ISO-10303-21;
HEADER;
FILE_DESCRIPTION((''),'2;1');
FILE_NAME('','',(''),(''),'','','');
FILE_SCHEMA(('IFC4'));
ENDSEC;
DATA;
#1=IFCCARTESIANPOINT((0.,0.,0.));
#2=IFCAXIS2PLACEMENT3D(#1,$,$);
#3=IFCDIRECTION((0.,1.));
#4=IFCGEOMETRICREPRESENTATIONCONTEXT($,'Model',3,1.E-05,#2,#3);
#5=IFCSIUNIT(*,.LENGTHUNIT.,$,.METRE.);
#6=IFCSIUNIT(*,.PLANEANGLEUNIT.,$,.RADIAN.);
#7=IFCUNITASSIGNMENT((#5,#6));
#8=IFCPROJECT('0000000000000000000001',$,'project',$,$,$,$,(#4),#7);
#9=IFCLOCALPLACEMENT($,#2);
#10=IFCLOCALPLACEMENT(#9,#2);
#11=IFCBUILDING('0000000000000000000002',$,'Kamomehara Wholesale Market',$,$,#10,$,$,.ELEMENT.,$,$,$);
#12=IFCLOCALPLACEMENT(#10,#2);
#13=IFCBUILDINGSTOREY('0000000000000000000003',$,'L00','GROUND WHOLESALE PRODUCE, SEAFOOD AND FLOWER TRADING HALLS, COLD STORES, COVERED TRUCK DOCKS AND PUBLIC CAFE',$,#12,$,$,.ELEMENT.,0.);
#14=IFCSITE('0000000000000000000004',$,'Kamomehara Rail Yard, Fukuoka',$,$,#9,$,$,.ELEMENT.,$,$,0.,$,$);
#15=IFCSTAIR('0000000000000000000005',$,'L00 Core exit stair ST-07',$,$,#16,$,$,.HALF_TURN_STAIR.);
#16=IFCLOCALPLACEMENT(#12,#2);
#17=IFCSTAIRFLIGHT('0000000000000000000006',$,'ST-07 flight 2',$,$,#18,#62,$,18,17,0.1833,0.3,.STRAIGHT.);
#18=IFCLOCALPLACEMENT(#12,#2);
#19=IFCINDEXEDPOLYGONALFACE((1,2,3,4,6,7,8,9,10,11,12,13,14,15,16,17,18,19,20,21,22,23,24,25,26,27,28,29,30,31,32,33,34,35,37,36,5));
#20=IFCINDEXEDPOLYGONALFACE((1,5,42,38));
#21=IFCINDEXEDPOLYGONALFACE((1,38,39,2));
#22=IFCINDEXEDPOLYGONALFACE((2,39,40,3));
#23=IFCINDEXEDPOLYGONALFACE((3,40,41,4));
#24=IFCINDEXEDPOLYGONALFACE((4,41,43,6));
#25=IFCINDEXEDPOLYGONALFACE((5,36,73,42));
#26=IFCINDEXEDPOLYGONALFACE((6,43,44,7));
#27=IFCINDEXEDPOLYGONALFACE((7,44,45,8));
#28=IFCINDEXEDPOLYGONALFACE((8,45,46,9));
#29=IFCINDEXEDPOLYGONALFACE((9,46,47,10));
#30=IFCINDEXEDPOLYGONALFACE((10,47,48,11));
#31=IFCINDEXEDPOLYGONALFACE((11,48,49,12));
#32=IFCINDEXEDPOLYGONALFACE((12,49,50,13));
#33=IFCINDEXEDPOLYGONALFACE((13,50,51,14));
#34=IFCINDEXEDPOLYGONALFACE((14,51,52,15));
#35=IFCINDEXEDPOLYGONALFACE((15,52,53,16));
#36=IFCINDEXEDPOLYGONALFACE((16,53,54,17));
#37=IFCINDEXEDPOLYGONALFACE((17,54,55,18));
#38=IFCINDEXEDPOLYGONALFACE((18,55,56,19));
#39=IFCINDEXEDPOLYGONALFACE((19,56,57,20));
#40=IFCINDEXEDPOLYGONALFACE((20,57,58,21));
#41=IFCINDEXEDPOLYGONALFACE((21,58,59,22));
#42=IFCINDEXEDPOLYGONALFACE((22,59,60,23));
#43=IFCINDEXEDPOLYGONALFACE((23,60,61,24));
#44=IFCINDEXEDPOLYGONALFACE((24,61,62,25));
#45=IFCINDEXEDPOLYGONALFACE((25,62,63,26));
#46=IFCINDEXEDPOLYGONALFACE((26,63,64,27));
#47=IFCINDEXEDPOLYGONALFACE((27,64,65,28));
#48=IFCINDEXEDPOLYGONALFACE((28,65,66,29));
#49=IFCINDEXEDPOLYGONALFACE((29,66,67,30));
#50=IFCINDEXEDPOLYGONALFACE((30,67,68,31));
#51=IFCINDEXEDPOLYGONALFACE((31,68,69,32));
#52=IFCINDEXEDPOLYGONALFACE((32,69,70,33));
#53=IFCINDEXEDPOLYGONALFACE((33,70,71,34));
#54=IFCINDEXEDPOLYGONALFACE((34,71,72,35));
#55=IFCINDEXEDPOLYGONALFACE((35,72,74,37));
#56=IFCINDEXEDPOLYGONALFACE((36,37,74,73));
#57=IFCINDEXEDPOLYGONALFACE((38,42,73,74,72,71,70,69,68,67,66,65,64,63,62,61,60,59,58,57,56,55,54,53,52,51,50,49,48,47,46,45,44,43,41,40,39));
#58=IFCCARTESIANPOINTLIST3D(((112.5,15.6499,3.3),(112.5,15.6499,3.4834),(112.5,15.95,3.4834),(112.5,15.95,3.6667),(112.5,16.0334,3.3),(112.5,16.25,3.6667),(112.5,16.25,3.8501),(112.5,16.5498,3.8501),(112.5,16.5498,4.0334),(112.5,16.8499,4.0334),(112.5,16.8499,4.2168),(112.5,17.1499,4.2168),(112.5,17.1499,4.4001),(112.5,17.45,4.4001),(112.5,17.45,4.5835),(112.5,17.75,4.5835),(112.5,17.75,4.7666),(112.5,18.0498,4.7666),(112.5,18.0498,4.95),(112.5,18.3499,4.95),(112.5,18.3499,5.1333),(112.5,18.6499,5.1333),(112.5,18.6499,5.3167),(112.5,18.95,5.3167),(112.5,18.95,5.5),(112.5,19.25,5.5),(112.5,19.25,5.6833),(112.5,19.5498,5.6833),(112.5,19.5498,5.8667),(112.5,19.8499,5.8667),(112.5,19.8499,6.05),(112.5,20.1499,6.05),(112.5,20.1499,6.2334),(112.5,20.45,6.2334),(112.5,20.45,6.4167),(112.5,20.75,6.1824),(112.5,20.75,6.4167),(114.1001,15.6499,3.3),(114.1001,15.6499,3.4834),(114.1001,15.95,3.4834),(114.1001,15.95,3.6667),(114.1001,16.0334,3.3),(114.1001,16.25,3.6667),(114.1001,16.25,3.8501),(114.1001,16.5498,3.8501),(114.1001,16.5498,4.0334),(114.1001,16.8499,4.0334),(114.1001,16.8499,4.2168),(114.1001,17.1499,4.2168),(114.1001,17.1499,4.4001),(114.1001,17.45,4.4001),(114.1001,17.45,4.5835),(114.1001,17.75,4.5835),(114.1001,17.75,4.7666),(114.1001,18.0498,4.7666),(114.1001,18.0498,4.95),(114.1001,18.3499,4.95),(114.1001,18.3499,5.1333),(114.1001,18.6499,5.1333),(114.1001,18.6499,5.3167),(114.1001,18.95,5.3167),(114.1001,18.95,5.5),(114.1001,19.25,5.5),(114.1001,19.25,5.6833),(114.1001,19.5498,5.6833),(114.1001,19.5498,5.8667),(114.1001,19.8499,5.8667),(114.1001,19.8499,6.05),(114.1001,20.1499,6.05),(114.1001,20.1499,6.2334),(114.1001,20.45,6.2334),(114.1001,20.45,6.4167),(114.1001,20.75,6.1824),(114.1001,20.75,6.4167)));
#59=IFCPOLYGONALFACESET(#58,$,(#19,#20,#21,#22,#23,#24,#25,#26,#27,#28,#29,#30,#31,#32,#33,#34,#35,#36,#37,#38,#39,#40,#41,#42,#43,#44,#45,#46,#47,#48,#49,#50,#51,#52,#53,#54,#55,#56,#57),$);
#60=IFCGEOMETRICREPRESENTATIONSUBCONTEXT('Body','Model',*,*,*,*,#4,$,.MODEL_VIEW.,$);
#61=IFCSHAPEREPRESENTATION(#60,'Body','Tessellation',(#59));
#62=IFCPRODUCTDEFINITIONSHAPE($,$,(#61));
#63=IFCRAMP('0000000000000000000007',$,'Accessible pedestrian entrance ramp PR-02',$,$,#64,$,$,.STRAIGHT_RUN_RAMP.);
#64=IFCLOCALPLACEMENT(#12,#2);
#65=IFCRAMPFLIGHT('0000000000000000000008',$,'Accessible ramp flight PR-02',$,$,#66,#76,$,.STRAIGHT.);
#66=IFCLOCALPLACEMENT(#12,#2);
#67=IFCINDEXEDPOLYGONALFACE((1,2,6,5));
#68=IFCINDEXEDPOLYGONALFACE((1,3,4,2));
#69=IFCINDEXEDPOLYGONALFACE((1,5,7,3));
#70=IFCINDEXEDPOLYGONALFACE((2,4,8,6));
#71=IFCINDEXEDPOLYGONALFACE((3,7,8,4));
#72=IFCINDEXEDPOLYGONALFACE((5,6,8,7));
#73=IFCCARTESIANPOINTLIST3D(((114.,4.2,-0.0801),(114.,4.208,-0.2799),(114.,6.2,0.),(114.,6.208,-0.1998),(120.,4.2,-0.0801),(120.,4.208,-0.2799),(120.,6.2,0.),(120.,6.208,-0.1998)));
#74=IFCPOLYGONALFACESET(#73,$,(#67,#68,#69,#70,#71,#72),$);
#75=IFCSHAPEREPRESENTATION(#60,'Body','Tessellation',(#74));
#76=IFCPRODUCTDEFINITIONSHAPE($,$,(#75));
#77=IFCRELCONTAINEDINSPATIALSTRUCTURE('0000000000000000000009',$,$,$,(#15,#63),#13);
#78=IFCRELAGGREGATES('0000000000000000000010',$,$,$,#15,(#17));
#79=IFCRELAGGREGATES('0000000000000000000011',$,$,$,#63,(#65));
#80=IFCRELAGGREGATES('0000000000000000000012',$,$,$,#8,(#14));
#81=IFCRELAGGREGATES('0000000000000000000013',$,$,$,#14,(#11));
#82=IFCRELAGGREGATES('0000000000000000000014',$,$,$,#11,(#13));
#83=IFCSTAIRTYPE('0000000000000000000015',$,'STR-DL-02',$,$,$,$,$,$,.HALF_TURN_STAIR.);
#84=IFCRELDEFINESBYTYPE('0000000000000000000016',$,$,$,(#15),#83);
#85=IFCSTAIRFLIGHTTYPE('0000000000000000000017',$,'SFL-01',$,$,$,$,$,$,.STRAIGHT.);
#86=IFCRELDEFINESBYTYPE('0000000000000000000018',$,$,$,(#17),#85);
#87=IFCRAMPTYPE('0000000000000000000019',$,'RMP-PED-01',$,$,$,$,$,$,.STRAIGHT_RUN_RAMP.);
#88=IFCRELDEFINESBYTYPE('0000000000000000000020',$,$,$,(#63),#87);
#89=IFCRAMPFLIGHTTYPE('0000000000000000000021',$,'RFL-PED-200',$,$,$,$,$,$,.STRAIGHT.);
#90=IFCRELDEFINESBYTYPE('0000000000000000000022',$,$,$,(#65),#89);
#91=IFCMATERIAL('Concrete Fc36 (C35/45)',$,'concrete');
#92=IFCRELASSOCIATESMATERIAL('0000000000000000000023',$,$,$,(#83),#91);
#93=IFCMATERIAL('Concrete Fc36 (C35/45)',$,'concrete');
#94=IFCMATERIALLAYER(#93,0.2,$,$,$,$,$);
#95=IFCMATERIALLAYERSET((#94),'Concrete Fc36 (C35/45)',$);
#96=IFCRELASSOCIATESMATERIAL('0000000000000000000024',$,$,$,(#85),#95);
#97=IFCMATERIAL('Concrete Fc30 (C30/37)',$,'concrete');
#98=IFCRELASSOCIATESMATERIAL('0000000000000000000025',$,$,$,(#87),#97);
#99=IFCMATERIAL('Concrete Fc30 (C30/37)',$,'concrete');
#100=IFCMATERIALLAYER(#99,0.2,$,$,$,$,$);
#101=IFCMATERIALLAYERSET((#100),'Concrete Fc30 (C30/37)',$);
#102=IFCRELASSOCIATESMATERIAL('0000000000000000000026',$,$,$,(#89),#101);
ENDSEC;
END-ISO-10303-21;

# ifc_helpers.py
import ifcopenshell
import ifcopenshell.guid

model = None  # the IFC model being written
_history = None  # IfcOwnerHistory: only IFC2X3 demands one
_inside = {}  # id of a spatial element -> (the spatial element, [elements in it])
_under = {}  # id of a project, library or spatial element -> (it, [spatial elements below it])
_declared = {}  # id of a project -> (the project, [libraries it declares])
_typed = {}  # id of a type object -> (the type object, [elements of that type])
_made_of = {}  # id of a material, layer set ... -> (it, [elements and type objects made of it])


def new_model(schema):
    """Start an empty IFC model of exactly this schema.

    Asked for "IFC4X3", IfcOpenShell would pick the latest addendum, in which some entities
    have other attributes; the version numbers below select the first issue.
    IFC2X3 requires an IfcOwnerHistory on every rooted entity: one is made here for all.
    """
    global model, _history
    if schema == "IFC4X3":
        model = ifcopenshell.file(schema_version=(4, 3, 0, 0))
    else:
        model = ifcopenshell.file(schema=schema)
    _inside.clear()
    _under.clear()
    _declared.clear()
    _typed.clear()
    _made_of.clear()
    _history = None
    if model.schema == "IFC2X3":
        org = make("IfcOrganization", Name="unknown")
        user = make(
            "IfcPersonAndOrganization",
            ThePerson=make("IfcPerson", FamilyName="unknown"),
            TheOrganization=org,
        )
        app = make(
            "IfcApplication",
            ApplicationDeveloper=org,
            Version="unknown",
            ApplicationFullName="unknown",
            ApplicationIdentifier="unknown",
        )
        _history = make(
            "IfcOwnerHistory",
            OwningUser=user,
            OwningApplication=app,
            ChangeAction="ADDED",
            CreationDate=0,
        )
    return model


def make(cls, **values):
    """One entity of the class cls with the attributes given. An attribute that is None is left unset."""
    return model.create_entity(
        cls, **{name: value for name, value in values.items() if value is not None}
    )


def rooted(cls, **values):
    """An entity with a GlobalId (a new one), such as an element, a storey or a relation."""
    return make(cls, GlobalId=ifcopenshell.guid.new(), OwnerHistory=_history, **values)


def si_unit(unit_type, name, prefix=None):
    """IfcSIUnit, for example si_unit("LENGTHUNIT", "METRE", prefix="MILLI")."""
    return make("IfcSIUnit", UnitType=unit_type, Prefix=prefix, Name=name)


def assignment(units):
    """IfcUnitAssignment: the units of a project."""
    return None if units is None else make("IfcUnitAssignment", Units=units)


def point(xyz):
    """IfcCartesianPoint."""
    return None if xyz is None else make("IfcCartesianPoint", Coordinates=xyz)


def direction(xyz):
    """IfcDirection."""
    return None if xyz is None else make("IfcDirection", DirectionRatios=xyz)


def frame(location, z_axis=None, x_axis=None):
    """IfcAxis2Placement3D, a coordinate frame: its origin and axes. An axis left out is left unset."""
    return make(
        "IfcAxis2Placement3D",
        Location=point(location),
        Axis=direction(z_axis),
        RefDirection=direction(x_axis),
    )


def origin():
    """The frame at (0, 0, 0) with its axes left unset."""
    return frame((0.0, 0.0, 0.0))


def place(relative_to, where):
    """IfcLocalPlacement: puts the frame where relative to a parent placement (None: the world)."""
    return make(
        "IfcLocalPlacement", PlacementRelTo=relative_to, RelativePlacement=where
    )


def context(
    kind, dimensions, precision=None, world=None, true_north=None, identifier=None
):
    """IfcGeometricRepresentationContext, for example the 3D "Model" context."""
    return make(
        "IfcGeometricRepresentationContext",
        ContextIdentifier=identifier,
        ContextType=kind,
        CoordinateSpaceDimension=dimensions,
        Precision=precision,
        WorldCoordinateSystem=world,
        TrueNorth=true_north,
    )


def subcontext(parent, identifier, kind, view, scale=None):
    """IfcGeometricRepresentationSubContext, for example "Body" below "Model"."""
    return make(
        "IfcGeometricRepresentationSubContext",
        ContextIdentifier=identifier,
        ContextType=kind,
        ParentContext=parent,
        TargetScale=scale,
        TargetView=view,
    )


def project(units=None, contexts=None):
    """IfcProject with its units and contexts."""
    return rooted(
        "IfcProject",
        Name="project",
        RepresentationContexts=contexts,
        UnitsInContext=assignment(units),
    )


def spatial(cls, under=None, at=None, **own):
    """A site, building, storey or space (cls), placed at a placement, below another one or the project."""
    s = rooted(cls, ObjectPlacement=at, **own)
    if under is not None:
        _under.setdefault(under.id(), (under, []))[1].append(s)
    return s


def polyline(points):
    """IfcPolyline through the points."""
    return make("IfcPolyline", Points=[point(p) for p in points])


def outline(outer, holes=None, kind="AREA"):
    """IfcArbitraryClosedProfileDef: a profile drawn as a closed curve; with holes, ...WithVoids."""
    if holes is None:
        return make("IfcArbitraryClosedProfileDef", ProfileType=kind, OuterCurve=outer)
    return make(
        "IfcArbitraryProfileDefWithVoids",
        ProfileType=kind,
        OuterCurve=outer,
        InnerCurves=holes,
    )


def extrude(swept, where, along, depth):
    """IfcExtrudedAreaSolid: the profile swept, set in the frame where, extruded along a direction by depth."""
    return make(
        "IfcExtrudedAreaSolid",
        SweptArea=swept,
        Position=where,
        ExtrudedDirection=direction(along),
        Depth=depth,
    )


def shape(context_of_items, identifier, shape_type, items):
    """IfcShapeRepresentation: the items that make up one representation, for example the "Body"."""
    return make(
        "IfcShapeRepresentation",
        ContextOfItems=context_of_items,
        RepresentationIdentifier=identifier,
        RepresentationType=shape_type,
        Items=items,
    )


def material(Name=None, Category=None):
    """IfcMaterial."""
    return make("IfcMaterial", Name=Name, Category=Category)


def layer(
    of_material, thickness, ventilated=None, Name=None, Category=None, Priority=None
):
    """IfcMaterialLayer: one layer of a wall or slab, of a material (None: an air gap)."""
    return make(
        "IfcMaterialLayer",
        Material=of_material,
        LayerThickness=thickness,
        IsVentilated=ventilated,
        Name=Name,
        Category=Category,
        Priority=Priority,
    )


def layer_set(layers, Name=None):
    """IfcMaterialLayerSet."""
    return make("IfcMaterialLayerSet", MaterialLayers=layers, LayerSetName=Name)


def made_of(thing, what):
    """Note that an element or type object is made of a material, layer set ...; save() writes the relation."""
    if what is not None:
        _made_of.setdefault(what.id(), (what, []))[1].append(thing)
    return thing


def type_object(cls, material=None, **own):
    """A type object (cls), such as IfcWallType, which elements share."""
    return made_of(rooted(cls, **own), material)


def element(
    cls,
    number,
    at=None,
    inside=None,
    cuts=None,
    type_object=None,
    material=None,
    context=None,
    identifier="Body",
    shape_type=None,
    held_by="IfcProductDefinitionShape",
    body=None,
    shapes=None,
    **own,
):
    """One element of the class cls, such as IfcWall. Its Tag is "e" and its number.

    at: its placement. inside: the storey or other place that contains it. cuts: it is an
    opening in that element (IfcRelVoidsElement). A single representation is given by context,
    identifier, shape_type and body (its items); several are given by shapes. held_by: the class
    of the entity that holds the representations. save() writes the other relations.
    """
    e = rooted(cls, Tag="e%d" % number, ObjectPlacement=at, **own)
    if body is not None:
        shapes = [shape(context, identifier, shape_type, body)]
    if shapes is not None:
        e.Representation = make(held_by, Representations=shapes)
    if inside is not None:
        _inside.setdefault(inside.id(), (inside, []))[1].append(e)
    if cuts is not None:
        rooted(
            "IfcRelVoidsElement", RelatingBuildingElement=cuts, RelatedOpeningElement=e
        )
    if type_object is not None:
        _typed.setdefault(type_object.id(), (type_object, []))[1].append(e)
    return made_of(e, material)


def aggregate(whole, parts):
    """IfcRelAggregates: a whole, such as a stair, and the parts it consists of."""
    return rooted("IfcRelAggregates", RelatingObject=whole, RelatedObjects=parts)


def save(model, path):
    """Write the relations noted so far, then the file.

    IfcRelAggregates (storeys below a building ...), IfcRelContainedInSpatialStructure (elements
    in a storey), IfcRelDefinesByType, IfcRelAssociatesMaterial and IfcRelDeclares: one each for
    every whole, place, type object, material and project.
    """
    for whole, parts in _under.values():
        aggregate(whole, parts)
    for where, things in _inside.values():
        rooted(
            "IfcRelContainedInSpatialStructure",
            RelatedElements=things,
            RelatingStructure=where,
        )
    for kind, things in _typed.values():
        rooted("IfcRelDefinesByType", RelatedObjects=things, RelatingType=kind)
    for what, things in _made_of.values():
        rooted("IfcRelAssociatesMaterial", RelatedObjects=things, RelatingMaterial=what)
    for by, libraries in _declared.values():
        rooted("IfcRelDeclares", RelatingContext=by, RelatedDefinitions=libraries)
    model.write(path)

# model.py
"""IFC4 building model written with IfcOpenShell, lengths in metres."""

from ifc_helpers import new_model, si_unit, direction, frame, origin, place, context, subcontext, project, spatial, polyline, outline, extrude, material, layer, layer_set, type_object, element, aggregate, save


model = new_model("IFC4")

# Units and contexts
model_context = context("Model", 3, precision=1e-05, world=origin(), true_north=direction((0.0, 1.0)))
body_context = subcontext(model_context, "Body", "Model", "MODEL_VIEW")
ifc_project = project(units=[si_unit("LENGTHUNIT", "METRE"), si_unit("PLANEANGLEUNIT", "RADIAN")], contexts=[model_context])

# Site, building, storey
site_placement = place(None, origin())
site = spatial("IfcSite", under=ifc_project, at=site_placement, Name="Kamomehara Rail Yard, Fukuoka", CompositionType="ELEMENT", RefElevation=0.0)
building_placement = place(site_placement, origin())
building = spatial("IfcBuilding", under=site, at=building_placement, Name="Kamomehara Wholesale Market", CompositionType="ELEMENT")
storey_placement = place(building_placement, origin())
storey = spatial("IfcBuildingStorey", under=building, at=storey_placement, Name="L00", Description="GROUND WHOLESALE PRODUCE, SEAFOOD AND FLOWER TRADING HALLS, COLD STORES, COVERED TRUCK DOCKS AND PUBLIC CAFE", CompositionType="ELEMENT", Elevation=0.0)

# Stair, stair flight
ifc_material_1 = material(Name="Concrete Fc36 (C35/45)", Category="concrete")
stair_type = type_object("IfcStairType", Name="STR-DL-02", PredefinedType="HALF_TURN_STAIR", material=ifc_material_1)
stair_placement = place(storey_placement, origin())
stair = element("IfcStair", 1, at=stair_placement, inside=storey, type_object=stair_type, Name="L00 Core exit stair ST-07", PredefinedType="HALF_TURN_STAIR")
ifc_material_2 = material(Name="Concrete Fc36 (C35/45)", Category="concrete")
ifc_layer_1 = layer(ifc_material_2, 0.2)
ifc_layer_set_1 = layer_set([ifc_layer_1], Name="Concrete Fc36 (C35/45)")
stair_flight_type = type_object("IfcStairFlightType", Name="SFL-01", PredefinedType="STRAIGHT", material=ifc_layer_set_1)
stair_flight_placement = place(storey_placement, frame((113.3, 15.6499, 3.3), z_axis=(0.0, 0.0, 1.0), x_axis=(0.0, 1.0, 0.0)))
stair_flight = element("IfcStairFlight", 2, at=stair_flight_placement, type_object=stair_flight_type, Name="ST-07 flight 2", NumberOfRisers=18, NumberOfTreads=17, PredefinedType="STRAIGHT", RiserHeight=0.1833, TreadLength=0.3, context=body_context, shape_type="SweptSolid", body=[
    extrude(outline(polyline([(0.0, 0.0), (0.0, 0.1833), (0.3, 0.1833), (0.3, 0.3667), (0.6001, 0.3667), (0.6001, 0.55), (0.8999, 0.55), (0.8999, 0.7334), (1.2, 0.7334), (1.2, 0.9167), (1.5, 0.9167), (1.5, 1.1001), (1.8, 1.1001), (1.8, 1.2834), (2.1001, 1.2834), (2.1001, 1.4666), (2.3999, 1.4666), (2.3999, 1.6499), (2.7, 1.6499), (2.7, 1.8333), (3.0, 1.8333), (3.0, 2.0166), (3.3, 2.0166), (3.3, 2.2), (3.6001, 2.2), (3.6001, 2.3833), (3.8999, 2.3833), (3.8999, 2.5667), (4.2, 2.5667), (4.2, 2.75), (4.5, 2.75), (4.5, 2.9333), (4.8, 2.9333), (4.8, 3.1167), (5.1001, 3.1167), (5.1001, 3.3), (5.1001, 2.8823), (0.3835, 0.0), (0.0, 0.0)])), frame((0.0, 0.8, 0.0), z_axis=(0.0, -1.0, 0.0), x_axis=(1.0, 0.0, 0.0)), (0.0, 0.0, 1.0), 1.6001),
])
aggregate(stair, [stair_flight])

# Ramp, ramp flight
ifc_material_3 = material(Name="Concrete Fc30 (C30/37)", Category="concrete")
ramp_type = type_object("IfcRampType", Name="RMP-PED-01", PredefinedType="STRAIGHT_RUN_RAMP", material=ifc_material_3)
ramp_placement = place(storey_placement, origin())
ramp = element("IfcRamp", 3, at=ramp_placement, inside=storey, type_object=ramp_type, Name="Accessible pedestrian entrance ramp PR-02", PredefinedType="STRAIGHT_RUN_RAMP")
ifc_material_4 = material(Name="Concrete Fc30 (C30/37)", Category="concrete")
ifc_layer_2 = layer(ifc_material_4, 0.2)
ifc_layer_set_2 = layer_set([ifc_layer_2], Name="Concrete Fc30 (C30/37)")
ramp_flight_type = type_object("IfcRampFlightType", Name="RFL-PED-200", PredefinedType="STRAIGHT", material=ifc_layer_set_2)
ramp_flight_placement = place(storey_placement, frame((114.0, 4.2, -0.0801), z_axis=(0.0, -0.040007, 0.999199), x_axis=(1.0, 0.0, 0.0)))
ramp_flight = element("IfcRampFlight", 4, at=ramp_flight_placement, type_object=ramp_flight_type, Name="Accessible ramp flight PR-02", PredefinedType="STRAIGHT", context=body_context, shape_type="SweptSolid", body=[
    extrude(outline(polyline([(0.0, 0.0), (6.0, 0.0), (6.0, 2.0016), (0.0, 2.0016), (0.0, 0.0)])), origin(), (0.0, 0.0, -1.0), 0.2),
])
aggregate(ramp, [ramp_flight])

save(model, "model.ifc")
